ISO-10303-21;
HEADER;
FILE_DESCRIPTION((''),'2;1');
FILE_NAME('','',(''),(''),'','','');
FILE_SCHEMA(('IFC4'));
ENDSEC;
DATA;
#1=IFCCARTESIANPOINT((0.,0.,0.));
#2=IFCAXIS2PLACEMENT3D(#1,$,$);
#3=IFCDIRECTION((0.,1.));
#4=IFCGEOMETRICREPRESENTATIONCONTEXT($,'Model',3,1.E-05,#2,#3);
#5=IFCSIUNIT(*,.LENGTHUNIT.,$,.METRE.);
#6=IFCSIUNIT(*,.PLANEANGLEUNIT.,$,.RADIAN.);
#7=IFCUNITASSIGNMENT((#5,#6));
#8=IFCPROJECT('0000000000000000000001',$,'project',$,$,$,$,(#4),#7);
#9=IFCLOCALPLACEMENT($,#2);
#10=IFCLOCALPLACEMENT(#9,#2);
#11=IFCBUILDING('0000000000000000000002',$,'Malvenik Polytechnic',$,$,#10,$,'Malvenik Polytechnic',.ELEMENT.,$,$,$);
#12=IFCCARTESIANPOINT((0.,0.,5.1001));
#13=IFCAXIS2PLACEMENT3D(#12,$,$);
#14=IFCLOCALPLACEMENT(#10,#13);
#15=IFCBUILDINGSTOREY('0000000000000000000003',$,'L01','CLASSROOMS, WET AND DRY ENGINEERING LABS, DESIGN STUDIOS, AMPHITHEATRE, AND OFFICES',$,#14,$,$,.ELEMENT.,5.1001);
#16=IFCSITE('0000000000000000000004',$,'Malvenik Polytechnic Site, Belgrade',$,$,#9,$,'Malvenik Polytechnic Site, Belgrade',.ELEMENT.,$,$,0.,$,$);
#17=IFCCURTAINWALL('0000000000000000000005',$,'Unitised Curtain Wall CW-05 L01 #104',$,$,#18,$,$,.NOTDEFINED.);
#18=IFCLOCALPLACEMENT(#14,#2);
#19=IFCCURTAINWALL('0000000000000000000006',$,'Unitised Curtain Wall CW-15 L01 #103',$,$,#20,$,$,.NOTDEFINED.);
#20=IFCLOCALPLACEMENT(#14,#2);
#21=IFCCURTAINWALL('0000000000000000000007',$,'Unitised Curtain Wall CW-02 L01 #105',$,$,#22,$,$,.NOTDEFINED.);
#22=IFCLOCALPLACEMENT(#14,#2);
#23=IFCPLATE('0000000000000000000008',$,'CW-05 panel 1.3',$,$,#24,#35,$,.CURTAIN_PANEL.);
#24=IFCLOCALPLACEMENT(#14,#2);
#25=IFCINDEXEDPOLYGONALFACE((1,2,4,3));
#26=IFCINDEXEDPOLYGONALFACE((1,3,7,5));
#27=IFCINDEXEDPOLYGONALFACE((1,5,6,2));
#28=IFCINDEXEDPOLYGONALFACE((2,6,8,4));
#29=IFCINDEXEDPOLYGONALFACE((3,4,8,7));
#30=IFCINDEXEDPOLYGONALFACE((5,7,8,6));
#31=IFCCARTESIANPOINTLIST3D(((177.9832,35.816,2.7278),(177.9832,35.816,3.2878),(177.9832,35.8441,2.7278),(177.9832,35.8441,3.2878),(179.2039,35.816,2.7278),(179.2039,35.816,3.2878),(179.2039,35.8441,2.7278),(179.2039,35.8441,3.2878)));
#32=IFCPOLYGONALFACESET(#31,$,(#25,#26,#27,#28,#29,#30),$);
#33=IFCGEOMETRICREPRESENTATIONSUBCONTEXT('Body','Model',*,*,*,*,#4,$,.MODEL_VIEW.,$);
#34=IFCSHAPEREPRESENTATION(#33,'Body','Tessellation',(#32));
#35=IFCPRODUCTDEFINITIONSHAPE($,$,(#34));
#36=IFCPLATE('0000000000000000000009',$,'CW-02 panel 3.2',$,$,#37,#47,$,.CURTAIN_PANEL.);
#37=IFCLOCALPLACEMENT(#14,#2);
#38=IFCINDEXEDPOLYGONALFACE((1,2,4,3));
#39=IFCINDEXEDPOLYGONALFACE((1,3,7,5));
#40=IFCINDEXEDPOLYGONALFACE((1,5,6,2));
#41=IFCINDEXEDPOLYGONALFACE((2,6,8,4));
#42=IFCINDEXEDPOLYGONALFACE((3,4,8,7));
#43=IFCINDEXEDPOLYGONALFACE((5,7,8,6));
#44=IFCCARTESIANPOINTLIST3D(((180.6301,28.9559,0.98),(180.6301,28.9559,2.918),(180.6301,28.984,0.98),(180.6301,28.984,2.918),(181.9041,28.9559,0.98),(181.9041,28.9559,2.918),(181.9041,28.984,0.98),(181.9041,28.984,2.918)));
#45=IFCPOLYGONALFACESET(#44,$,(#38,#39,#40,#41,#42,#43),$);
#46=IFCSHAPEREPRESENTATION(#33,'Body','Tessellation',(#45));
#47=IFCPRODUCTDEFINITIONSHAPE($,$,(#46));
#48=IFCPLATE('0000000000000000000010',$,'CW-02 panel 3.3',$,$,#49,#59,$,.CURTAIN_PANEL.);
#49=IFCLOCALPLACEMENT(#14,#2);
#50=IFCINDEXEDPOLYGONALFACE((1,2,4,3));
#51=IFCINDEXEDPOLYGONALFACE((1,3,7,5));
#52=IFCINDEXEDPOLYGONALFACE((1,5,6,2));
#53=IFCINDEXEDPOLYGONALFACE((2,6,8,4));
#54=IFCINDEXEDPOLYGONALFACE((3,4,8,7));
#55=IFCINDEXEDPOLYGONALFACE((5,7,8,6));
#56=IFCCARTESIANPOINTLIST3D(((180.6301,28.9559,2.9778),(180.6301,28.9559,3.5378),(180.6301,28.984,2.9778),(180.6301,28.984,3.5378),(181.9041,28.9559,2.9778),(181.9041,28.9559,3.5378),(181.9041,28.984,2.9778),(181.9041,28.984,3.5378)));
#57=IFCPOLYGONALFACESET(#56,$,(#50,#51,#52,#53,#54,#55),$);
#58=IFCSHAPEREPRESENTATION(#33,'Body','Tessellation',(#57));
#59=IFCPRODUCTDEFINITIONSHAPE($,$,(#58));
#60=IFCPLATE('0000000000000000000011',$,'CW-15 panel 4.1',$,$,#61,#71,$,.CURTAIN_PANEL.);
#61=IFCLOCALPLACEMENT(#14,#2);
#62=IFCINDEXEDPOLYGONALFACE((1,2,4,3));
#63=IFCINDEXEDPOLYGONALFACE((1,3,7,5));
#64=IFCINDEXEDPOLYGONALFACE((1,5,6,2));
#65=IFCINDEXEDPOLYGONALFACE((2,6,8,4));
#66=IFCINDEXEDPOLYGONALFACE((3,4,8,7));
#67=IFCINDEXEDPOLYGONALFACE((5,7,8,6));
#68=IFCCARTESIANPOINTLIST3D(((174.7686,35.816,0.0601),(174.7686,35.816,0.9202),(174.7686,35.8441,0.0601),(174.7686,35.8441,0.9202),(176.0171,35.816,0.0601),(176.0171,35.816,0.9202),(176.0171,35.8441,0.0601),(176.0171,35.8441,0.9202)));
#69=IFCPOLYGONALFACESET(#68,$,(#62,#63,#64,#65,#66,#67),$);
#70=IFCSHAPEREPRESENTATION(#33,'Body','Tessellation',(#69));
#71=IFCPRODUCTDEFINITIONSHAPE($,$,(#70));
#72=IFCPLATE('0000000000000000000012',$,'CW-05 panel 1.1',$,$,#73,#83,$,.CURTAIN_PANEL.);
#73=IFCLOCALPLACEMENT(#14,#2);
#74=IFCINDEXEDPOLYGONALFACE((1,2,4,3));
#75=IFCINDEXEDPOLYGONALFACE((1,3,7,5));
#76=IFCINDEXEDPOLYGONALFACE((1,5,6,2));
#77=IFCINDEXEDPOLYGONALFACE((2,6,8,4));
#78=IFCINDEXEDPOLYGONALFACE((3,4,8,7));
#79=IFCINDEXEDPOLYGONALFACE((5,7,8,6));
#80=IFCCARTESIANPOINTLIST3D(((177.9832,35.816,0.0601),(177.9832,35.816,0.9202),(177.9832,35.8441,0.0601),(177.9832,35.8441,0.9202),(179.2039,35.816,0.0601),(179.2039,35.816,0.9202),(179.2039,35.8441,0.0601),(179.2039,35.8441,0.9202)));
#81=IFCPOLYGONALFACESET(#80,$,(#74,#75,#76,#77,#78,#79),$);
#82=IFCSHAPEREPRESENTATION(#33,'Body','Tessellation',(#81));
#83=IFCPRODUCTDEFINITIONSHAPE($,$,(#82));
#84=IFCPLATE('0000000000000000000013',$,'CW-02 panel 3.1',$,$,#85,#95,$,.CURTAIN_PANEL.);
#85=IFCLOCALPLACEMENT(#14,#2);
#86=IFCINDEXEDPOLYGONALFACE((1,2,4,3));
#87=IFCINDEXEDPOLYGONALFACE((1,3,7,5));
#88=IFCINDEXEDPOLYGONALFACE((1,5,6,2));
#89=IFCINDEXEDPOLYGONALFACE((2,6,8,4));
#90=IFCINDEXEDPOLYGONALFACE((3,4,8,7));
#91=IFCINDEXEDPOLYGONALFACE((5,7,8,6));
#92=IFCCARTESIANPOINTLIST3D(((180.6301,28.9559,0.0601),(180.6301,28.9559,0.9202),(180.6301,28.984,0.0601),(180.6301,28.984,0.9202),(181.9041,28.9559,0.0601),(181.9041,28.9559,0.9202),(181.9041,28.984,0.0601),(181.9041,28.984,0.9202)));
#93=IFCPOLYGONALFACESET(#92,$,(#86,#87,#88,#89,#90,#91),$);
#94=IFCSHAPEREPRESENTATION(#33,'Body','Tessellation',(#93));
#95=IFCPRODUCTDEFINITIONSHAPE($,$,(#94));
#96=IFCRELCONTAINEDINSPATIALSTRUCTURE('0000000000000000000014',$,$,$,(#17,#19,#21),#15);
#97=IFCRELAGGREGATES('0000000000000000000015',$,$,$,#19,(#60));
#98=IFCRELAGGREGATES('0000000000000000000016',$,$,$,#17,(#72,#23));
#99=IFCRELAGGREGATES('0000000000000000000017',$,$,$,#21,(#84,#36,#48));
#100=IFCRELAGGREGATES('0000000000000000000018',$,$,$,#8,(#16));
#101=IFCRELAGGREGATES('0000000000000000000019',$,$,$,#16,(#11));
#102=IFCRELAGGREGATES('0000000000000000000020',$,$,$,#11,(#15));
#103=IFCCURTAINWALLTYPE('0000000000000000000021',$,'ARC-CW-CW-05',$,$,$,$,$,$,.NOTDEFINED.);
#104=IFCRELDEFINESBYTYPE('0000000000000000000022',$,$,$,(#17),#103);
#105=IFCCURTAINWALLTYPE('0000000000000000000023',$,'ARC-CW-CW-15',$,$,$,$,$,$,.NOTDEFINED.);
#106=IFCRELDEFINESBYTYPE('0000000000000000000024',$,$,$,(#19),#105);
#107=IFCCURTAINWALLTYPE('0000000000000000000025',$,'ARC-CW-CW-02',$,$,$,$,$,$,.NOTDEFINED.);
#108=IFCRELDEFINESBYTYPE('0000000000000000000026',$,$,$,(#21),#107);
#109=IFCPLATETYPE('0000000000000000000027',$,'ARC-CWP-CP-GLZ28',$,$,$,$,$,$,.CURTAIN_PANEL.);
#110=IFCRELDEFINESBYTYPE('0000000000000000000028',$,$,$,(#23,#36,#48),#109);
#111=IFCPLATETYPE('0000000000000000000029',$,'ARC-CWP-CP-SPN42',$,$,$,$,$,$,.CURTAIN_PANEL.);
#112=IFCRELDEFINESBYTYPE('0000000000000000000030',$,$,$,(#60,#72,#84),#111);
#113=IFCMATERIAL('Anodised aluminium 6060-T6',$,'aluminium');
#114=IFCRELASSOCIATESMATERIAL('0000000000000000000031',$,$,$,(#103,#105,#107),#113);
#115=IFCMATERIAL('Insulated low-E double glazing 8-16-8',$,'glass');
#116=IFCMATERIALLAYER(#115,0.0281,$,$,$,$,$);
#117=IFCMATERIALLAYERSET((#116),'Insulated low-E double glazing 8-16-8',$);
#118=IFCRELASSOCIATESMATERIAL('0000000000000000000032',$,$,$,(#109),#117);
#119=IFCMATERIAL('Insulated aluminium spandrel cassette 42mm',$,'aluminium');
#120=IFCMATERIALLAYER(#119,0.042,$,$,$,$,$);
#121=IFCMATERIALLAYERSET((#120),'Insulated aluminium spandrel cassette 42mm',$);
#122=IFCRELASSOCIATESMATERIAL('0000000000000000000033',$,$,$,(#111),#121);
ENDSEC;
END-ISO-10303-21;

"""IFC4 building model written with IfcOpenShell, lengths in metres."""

from ifc_helpers import new_model, si_unit, direction, frame, origin, origin_2d, place, context, subcontext, project, spatial, rectangle, extrude, material, layer, layer_set, type_object, element, aggregate, save


model = new_model("IFC4")

# Units and contexts
model_context = context("Model", 3, precision=1e-05, world=origin(), true_north=direction((0.0, 1.0)))
body_context = subcontext(model_context, "Body", "Model", "MODEL_VIEW")
ifc_project = project(units=[si_unit("LENGTHUNIT", "METRE"), si_unit("PLANEANGLEUNIT", "RADIAN")], contexts=[model_context])

# Site, building, storey
site_placement = place(None, origin())
site = spatial("IfcSite", under=ifc_project, at=site_placement, Name="Malvenik Polytechnic Site, Belgrade", LongName="Malvenik Polytechnic Site, Belgrade", CompositionType="ELEMENT", RefElevation=0.0)
building_placement = place(site_placement, origin())
building = spatial("IfcBuilding", under=site, at=building_placement, Name="Malvenik Polytechnic", LongName="Malvenik Polytechnic", CompositionType="ELEMENT")
storey_placement = place(building_placement, frame((0.0, 0.0, 5.1001)))
storey = spatial("IfcBuildingStorey", under=building, at=storey_placement, Name="L01", Description="CLASSROOMS, WET AND DRY ENGINEERING LABS, DESIGN STUDIOS, AMPHITHEATRE, AND OFFICES", CompositionType="ELEMENT", Elevation=5.1001)

# Curtain wall
ifc_material_1 = material(Name="Anodised aluminium 6060-T6", Category="aluminium")
curtain_wall_type_1 = type_object("IfcCurtainWallType", Name="ARC-CW-CW-05", PredefinedType="NOTDEFINED", material=ifc_material_1)
curtain_wall_1_placement = place(storey_placement, origin())
curtain_wall_1 = element("IfcCurtainWall", 1, at=curtain_wall_1_placement, inside=storey, type_object=curtain_wall_type_1, Name="Unitised Curtain Wall CW-05 L01 #104", PredefinedType="NOTDEFINED")

# Curtain walls
curtain_wall_type_2 = type_object("IfcCurtainWallType", Name="ARC-CW-CW-15", PredefinedType="NOTDEFINED", material=ifc_material_1)
curtain_wall_2_placement = place(storey_placement, origin())
curtain_wall_2 = element("IfcCurtainWall", 2, at=curtain_wall_2_placement, inside=storey, type_object=curtain_wall_type_2, Name="Unitised Curtain Wall CW-15 L01 #103", PredefinedType="NOTDEFINED")
curtain_wall_type_3 = type_object("IfcCurtainWallType", Name="ARC-CW-CW-02", PredefinedType="NOTDEFINED", material=ifc_material_1)
curtain_wall_3_placement = place(storey_placement, origin())
curtain_wall_3 = element("IfcCurtainWall", 3, at=curtain_wall_3_placement, inside=storey, type_object=curtain_wall_type_3, Name="Unitised Curtain Wall CW-02 L01 #105", PredefinedType="NOTDEFINED")

# Plates
ifc_material_2 = material(Name="Insulated low-E double glazing 8-16-8", Category="glass")
ifc_layer_1 = layer(ifc_material_2, 0.0281)
ifc_layer_set_1 = layer_set([ifc_layer_1], Name="Insulated low-E double glazing 8-16-8")
plate_type_1 = type_object("IfcPlateType", Name="ARC-CWP-CP-GLZ28", PredefinedType="CURTAIN_PANEL", material=ifc_layer_set_1)
plate_1_placement = place(storey_placement, frame((178.5935, 35.8301, 2.7278), z_axis=(0.0, 0.0, 1.0), x_axis=(1.0, 0.0, 0.0)))
plate_1 = element("IfcPlate", 4, at=plate_1_placement, type_object=plate_type_1, Name="CW-05 panel 1.3", PredefinedType="CURTAIN_PANEL", context=body_context, shape_type="SweptSolid", body=[
    extrude(rectangle(XDim=1.2207, YDim=0.0281, at=origin_2d()), origin(), (0.0, 0.0, 1.0), 0.5601),
])
plate_2_placement = place(storey_placement, frame((181.2671, 28.97, 0.98), z_axis=(0.0, 0.0, 1.0), x_axis=(-1.0, 0.0, 0.0)))
plate_2 = element("IfcPlate", 5, at=plate_2_placement, type_object=plate_type_1, Name="CW-02 panel 3.2", PredefinedType="CURTAIN_PANEL", context=body_context, shape_type="SweptSolid", body=[
    extrude(rectangle(XDim=1.2739, YDim=0.0281, at=origin_2d()), origin(), (0.0, 0.0, 1.0), 1.938),
])
plate_3_placement = place(storey_placement, frame((181.2671, 28.97, 2.9778), z_axis=(0.0, 0.0, 1.0), x_axis=(-1.0, 0.0, 0.0)))
plate_3 = element("IfcPlate", 6, at=plate_3_placement, type_object=plate_type_1, Name="CW-02 panel 3.3", PredefinedType="CURTAIN_PANEL", context=body_context, shape_type="SweptSolid", body=[
    extrude(rectangle(XDim=1.2739, YDim=0.0281, at=origin_2d()), origin(), (0.0, 0.0, 1.0), 0.5601),
])
ifc_material_3 = material(Name="Insulated aluminium spandrel cassette 42mm", Category="aluminium")
ifc_layer_2 = layer(ifc_material_3, 0.042)
ifc_layer_set_2 = layer_set([ifc_layer_2], Name="Insulated aluminium spandrel cassette 42mm")
plate_type_2 = type_object("IfcPlateType", Name="ARC-CWP-CP-SPN42", PredefinedType="CURTAIN_PANEL", material=ifc_layer_set_2)
plate_4_placement = place(storey_placement, frame((175.3928, 35.8301, 0.0601), z_axis=(0.0, 0.0, 1.0), x_axis=(1.0, 0.0, 0.0)))
plate_4 = element("IfcPlate", 7, at=plate_4_placement, type_object=plate_type_2, Name="CW-15 panel 4.1", PredefinedType="CURTAIN_PANEL", context=body_context, shape_type="SweptSolid", body=[
    extrude(rectangle(XDim=1.2485, YDim=0.0281, at=origin_2d()), origin(), (0.0, 0.0, 1.0), 0.8601),
])
aggregate(curtain_wall_2, [plate_4])
plate_5_placement = place(storey_placement, frame((178.5935, 35.8301, 0.0601), z_axis=(0.0, 0.0, 1.0), x_axis=(1.0, 0.0, 0.0)))
plate_5 = element("IfcPlate", 8, at=plate_5_placement, type_object=plate_type_2, Name="CW-05 panel 1.1", PredefinedType="CURTAIN_PANEL", context=body_context, shape_type="SweptSolid", body=[
    extrude(rectangle(XDim=1.2207, YDim=0.0281, at=origin_2d()), origin(), (0.0, 0.0, 1.0), 0.8601),
])
aggregate(curtain_wall_1, [plate_5, plate_1])
plate_6_placement = place(storey_placement, frame((181.2671, 28.97, 0.0601), z_axis=(0.0, 0.0, 1.0), x_axis=(-1.0, 0.0, 0.0)))
plate_6 = element("IfcPlate", 9, at=plate_6_placement, type_object=plate_type_2, Name="CW-02 panel 3.1", PredefinedType="CURTAIN_PANEL", context=body_context, shape_type="SweptSolid", body=[
    extrude(rectangle(XDim=1.2739, YDim=0.0281, at=origin_2d()), origin(), (0.0, 0.0, 1.0), 0.8601),
])
aggregate(curtain_wall_3, [plate_6, plate_2, plate_3])

save(model, "model.ifc")
